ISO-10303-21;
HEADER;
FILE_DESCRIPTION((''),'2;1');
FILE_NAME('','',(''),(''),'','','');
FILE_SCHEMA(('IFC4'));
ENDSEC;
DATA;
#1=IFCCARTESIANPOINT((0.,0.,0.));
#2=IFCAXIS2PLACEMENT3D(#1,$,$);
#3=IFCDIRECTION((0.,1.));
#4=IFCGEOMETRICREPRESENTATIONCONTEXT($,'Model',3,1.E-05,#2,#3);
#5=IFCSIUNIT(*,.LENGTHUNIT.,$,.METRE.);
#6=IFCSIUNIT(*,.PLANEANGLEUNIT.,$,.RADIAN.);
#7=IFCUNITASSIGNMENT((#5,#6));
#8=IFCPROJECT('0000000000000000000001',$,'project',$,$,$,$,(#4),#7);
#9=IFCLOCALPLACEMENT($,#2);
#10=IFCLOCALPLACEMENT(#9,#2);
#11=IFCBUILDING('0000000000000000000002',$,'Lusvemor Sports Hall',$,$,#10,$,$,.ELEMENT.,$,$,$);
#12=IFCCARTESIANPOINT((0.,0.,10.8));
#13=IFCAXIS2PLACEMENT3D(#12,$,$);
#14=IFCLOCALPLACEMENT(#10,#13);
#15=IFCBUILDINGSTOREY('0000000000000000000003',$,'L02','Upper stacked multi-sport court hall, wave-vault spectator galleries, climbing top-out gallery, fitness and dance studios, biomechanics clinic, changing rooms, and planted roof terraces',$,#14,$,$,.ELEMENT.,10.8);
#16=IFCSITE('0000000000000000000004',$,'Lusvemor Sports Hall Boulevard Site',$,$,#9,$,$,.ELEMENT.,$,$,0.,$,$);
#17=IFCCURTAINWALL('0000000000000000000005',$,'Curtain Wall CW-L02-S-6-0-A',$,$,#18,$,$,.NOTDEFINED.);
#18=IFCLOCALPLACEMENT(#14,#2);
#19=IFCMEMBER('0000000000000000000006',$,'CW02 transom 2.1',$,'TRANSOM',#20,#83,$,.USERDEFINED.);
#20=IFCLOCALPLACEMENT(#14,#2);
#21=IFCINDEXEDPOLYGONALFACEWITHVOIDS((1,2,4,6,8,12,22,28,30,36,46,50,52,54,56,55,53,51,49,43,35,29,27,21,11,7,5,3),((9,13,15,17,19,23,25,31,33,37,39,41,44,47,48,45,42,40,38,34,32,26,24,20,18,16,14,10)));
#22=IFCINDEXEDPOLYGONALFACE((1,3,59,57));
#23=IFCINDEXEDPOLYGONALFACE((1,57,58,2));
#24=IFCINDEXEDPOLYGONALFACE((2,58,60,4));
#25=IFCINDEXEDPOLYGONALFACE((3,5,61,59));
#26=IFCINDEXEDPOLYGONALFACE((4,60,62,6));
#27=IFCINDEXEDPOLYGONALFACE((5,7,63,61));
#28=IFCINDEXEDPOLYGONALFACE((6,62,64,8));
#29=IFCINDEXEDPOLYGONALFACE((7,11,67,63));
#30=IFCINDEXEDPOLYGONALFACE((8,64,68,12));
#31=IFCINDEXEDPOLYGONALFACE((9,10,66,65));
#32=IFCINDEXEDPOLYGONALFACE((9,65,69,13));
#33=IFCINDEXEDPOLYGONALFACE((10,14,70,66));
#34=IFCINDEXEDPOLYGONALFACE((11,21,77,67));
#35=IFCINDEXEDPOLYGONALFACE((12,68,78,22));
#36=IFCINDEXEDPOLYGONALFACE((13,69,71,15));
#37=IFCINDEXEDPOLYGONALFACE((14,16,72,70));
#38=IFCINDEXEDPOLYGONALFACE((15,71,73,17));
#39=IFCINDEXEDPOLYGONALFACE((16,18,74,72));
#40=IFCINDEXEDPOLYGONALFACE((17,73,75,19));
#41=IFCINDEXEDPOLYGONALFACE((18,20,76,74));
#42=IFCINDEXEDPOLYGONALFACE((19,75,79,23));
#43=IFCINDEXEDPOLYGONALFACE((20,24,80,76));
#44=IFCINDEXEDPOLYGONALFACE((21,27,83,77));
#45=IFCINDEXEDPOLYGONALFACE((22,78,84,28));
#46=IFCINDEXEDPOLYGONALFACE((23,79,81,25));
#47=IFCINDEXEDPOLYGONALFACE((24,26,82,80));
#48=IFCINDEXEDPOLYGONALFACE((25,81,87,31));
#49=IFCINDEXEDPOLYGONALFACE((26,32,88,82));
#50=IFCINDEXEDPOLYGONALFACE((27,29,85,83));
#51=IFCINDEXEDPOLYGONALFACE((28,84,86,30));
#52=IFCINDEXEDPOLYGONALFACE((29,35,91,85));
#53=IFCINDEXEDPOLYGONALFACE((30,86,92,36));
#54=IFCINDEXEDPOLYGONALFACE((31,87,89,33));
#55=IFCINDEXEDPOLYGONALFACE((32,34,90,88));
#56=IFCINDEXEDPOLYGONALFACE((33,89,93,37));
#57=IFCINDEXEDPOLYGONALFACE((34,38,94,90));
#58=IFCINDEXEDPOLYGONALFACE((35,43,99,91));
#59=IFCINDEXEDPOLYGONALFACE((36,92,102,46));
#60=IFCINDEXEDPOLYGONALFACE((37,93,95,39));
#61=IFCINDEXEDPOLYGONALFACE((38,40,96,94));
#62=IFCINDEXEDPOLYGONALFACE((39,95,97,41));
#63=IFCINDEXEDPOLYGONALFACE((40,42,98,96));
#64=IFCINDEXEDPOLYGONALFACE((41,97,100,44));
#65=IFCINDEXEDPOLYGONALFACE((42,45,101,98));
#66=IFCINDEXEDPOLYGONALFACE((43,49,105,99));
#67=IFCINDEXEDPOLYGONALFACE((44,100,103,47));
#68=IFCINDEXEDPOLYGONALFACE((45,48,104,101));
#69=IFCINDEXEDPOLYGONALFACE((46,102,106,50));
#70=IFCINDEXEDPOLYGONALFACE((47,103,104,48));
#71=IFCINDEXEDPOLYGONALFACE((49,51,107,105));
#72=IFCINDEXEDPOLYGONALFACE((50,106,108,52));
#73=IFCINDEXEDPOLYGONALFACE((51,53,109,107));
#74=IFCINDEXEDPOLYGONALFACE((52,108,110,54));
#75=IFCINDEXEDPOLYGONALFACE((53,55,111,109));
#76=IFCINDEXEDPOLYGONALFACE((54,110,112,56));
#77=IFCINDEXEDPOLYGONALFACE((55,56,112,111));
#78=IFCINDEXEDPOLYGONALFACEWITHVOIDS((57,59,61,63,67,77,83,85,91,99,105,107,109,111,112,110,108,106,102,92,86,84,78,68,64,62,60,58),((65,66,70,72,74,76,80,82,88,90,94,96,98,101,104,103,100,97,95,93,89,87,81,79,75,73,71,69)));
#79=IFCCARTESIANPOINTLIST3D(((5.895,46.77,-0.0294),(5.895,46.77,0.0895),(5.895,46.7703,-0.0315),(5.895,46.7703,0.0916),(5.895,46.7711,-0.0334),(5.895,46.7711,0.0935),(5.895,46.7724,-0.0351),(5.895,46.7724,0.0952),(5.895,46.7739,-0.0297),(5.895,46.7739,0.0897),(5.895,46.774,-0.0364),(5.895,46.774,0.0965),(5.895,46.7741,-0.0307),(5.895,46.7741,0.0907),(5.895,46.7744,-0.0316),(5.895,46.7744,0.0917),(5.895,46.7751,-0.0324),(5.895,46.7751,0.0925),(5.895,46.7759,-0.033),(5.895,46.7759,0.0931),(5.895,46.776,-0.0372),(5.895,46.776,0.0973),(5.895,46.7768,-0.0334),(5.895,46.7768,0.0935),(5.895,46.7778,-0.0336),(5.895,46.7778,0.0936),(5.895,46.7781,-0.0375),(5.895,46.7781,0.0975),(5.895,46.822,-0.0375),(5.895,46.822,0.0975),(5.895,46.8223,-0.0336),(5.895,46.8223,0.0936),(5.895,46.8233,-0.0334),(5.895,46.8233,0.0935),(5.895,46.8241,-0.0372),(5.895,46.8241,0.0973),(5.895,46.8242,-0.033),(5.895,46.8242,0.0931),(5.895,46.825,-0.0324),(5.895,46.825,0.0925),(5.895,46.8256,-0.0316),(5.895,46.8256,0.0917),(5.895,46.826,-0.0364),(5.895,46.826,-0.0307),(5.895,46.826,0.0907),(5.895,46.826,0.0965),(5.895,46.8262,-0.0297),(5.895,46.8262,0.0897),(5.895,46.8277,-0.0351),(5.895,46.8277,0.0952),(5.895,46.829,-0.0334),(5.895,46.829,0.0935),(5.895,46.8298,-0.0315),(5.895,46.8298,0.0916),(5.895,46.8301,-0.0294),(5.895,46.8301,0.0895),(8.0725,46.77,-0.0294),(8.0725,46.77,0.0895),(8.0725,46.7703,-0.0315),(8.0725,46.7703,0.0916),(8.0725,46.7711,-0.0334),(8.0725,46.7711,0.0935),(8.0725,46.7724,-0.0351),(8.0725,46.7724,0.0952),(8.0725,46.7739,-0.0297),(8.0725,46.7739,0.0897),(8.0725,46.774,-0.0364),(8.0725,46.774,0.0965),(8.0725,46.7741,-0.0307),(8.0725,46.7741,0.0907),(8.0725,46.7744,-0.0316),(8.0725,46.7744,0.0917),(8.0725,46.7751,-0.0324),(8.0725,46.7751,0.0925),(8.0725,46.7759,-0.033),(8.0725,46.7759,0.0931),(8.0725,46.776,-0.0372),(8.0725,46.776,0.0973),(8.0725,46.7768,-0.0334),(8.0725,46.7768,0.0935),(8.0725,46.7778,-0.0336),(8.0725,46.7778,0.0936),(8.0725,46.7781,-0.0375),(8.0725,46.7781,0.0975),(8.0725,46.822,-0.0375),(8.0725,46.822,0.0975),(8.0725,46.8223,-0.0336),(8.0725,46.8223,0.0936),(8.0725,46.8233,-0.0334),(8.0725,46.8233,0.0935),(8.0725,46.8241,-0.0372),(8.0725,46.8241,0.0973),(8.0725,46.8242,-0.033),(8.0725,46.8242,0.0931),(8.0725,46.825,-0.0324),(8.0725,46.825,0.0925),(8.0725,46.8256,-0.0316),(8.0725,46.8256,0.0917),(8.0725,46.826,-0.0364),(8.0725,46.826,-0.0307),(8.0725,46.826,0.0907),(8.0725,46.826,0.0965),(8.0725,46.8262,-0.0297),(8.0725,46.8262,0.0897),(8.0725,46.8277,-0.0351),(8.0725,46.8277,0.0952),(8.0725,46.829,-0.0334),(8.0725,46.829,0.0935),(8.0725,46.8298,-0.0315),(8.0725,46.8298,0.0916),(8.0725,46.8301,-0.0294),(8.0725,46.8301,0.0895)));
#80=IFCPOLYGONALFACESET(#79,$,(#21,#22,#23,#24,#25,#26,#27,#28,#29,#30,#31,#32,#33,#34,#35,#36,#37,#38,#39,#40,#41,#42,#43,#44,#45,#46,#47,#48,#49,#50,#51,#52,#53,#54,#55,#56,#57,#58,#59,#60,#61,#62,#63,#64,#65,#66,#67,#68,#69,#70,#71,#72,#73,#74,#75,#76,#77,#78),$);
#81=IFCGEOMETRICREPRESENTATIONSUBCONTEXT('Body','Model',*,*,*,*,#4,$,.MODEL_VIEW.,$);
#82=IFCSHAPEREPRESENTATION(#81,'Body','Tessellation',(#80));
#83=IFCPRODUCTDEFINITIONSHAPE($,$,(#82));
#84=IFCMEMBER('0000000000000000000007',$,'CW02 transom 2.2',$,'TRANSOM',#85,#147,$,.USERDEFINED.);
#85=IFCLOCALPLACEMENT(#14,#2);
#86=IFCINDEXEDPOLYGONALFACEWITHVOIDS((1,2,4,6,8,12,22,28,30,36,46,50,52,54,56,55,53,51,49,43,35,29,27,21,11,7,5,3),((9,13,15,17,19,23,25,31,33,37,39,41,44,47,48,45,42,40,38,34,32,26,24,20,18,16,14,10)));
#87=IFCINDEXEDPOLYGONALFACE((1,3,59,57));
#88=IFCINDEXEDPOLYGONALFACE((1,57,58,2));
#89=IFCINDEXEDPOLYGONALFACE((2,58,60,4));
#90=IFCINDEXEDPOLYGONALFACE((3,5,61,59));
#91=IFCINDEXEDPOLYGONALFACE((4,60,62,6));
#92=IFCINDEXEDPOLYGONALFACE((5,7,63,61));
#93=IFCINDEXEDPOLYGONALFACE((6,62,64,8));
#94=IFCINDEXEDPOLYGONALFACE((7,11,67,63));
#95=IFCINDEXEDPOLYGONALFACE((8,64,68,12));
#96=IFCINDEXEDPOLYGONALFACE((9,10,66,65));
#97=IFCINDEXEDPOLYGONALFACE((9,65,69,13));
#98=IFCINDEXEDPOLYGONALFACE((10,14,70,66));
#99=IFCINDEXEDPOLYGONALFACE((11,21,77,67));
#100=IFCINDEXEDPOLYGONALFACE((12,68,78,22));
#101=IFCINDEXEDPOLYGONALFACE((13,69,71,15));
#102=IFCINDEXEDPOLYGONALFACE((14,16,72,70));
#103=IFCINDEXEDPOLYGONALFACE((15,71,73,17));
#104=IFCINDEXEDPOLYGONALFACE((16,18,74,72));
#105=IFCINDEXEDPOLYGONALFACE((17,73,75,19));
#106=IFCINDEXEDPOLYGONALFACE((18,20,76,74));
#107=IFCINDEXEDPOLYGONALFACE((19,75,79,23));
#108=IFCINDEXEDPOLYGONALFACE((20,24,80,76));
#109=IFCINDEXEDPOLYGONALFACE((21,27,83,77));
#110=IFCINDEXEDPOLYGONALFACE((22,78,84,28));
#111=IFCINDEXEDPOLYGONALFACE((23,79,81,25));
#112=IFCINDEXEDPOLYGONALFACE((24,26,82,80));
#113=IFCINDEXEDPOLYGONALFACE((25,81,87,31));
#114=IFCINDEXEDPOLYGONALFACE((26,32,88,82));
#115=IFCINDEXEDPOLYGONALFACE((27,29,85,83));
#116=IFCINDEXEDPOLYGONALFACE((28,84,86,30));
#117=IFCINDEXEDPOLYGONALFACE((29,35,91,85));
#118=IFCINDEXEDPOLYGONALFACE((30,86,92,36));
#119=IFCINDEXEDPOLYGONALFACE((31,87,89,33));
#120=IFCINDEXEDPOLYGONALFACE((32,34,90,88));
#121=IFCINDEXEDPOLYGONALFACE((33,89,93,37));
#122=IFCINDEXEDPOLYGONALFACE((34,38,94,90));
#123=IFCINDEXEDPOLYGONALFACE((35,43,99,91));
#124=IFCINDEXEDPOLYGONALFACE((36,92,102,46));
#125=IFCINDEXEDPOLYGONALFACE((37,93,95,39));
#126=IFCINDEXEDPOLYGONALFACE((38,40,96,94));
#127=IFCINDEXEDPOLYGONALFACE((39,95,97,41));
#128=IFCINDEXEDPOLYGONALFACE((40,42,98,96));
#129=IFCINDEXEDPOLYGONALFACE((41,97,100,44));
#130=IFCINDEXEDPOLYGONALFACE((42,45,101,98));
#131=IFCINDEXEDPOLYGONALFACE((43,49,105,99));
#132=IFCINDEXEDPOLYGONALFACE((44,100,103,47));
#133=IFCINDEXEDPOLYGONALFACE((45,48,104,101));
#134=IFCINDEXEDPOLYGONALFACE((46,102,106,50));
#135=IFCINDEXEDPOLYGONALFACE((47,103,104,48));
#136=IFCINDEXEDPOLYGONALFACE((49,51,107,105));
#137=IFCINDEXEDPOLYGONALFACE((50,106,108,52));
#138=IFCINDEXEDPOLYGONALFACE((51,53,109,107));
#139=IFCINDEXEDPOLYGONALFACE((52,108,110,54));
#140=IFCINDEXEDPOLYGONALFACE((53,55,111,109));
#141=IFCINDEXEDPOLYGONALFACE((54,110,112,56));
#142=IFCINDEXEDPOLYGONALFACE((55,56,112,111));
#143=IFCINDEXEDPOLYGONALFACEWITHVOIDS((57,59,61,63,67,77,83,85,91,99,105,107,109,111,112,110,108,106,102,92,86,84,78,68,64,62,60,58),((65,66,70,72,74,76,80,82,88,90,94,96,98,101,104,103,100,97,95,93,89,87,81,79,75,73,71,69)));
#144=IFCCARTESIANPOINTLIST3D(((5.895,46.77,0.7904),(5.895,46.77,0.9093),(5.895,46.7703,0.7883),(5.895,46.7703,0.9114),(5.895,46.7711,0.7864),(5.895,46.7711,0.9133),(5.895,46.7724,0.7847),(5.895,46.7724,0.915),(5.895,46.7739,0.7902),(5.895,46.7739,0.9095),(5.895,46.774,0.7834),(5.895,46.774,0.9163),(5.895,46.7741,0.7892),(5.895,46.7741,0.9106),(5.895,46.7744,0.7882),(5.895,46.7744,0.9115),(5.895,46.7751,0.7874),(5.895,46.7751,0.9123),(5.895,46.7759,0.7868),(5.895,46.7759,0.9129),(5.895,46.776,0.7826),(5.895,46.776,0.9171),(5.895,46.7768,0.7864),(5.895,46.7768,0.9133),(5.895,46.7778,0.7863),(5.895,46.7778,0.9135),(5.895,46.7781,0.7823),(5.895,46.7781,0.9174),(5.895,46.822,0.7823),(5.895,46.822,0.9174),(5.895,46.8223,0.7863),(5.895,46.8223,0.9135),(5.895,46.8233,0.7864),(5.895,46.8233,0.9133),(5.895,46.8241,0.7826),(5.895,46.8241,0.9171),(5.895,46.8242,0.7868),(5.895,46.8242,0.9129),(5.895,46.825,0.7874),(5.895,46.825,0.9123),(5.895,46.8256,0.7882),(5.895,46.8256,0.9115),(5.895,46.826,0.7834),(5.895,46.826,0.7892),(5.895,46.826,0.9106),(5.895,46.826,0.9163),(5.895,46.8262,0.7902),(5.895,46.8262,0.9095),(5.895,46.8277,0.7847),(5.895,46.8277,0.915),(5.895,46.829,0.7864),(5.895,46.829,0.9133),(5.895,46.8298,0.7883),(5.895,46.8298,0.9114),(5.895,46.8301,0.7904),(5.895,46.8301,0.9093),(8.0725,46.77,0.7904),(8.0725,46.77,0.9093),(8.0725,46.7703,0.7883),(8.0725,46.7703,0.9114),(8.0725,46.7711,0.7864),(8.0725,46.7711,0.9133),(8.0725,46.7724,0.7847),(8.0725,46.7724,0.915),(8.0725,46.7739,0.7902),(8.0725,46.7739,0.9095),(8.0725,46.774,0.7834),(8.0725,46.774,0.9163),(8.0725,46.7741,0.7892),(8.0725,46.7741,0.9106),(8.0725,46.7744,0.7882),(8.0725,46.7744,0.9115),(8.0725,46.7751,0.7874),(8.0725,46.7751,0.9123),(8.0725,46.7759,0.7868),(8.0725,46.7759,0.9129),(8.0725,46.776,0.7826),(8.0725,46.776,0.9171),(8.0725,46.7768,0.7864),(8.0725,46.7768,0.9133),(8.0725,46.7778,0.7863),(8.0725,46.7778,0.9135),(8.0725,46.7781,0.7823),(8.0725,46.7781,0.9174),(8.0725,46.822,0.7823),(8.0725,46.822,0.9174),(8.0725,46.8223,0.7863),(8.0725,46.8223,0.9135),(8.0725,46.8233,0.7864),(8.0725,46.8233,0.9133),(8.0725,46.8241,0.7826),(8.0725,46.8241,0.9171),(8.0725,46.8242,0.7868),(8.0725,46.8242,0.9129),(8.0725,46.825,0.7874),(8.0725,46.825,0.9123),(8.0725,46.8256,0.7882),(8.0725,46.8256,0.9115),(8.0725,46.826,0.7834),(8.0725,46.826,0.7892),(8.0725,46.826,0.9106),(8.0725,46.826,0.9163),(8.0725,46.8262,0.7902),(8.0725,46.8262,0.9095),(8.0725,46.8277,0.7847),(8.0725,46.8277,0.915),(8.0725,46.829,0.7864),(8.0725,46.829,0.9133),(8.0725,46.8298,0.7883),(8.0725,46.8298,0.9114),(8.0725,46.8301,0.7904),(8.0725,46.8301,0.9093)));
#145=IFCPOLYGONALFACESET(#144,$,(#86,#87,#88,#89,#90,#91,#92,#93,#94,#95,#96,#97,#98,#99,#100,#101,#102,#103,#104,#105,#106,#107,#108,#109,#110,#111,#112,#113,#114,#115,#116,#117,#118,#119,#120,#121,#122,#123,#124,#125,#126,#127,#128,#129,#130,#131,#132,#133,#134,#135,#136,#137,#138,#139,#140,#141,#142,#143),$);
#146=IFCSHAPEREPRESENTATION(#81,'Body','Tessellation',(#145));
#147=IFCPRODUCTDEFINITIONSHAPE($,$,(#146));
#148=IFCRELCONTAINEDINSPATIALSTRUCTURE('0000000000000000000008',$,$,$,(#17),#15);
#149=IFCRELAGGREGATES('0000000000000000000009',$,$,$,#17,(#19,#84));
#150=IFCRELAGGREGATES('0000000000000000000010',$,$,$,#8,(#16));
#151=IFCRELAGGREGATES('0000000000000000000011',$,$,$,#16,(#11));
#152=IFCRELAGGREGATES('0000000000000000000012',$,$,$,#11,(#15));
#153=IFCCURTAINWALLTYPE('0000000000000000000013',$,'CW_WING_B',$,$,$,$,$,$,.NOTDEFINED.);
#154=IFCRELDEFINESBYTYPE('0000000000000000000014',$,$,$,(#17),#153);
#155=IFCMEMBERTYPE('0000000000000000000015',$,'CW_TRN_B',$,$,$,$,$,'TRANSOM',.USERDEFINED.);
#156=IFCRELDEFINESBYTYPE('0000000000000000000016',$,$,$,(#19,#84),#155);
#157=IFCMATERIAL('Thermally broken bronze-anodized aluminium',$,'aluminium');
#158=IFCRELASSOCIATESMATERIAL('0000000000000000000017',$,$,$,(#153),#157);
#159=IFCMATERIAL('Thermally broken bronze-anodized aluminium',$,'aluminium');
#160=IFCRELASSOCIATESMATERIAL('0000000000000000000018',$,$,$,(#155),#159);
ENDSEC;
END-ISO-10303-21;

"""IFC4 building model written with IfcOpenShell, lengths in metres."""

from ifc_helpers import new_model, si_unit, direction, frame, origin, origin_2d, place, context, subcontext, project, spatial, hollow_rectangle, extrude, material, material_profile, profile_set, type_object, element, aggregate, save


model = new_model("IFC4")

# Units and contexts
model_context = context("Model", 3, precision=1e-05, world=origin(), true_north=direction((0.0, 1.0)))
body_context = subcontext(model_context, "Body", "Model", "MODEL_VIEW")
ifc_project = project(units=[si_unit("LENGTHUNIT", "METRE"), si_unit("PLANEANGLEUNIT", "RADIAN")], contexts=[model_context])

# Site, building, storey
site_placement = place(None, origin())
site = spatial("IfcSite", under=ifc_project, at=site_placement, Name="Lusvemor Sports Hall Boulevard Site", CompositionType="ELEMENT", RefElevation=0.0)
building_placement = place(site_placement, origin())
building = spatial("IfcBuilding", under=site, at=building_placement, Name="Lusvemor Sports Hall", CompositionType="ELEMENT")
storey_placement = place(building_placement, frame((0.0, 0.0, 10.8)))
storey = spatial("IfcBuildingStorey", under=building, at=storey_placement, Name="L02", Description="Upper stacked multi-sport court hall, wave-vault spectator galleries, climbing top-out gallery, fitness and dance studios, biomechanics clinic, changing rooms, and planted roof terraces", CompositionType="ELEMENT", Elevation=10.8)

# Curtain wall
ifc_material_1 = material(Name="Thermally broken bronze-anodized aluminium", Category="aluminium")
curtain_wall_type = type_object("IfcCurtainWallType", Name="CW_WING_B", PredefinedType="NOTDEFINED", material=ifc_material_1)
curtain_wall_1_placement = place(storey_placement, origin())
curtain_wall_1 = element("IfcCurtainWall", 1, at=curtain_wall_1_placement, inside=storey, type_object=curtain_wall_type, Name="Curtain Wall CW-L02-S-6-0-A", PredefinedType="NOTDEFINED")

# Members
ifc_material_2 = material(Name="Thermally broken bronze-anodized aluminium", Category="aluminium")
ifc_material_profile_1 = material_profile(ifc_material_2, hollow_rectangle(XDim=0.0601, YDim=0.135, WallThickness=0.0039, InnerFilletRadius=0.0039, OuterFilletRadius=0.0081, at=origin_2d()), Name="CWTRN135x60x4")
ifc_profile_set_1 = profile_set([ifc_material_profile_1], Name="Thermally broken bronze-anodized aluminium")
member_type_1 = type_object("IfcMemberType", Name="CW_TRN_B", ElementType="TRANSOM", PredefinedType="USERDEFINED", material=ifc_profile_set_1)
member_1_placement = place(storey_placement, frame((8.0725, 46.8, 0.03), z_axis=(-1.0, 0.0, 0.0), x_axis=(0.0, -1.0, 0.0)))
member_1 = element("IfcMember", 2, at=member_1_placement, type_object=member_type_1, Name="CW02 transom 2.1", ObjectType="TRANSOM", PredefinedType="USERDEFINED", context=body_context, shape_type="SweptSolid", body=[
    extrude(hollow_rectangle(XDim=0.0601, YDim=0.135, WallThickness=0.0039, InnerFilletRadius=0.0039, OuterFilletRadius=0.0081, at=origin_2d()), origin(), (0.0, 0.0, 1.0), 2.1775),
])
member_2_placement = place(storey_placement, frame((8.0725, 46.8, 0.8499), z_axis=(-1.0, 0.0, 0.0), x_axis=(0.0, -1.0, 0.0)))
member_2 = element("IfcMember", 3, at=member_2_placement, type_object=member_type_1, Name="CW02 transom 2.2", ObjectType="TRANSOM", PredefinedType="USERDEFINED", context=body_context, shape_type="SweptSolid", body=[
    extrude(hollow_rectangle(XDim=0.0601, YDim=0.135, WallThickness=0.0039, InnerFilletRadius=0.0039, OuterFilletRadius=0.0081, at=origin_2d()), origin(), (0.0, 0.0, 1.0), 2.1775),
])

aggregate(curtain_wall_1, [member_1, member_2])

save(model, "model.ifc")
